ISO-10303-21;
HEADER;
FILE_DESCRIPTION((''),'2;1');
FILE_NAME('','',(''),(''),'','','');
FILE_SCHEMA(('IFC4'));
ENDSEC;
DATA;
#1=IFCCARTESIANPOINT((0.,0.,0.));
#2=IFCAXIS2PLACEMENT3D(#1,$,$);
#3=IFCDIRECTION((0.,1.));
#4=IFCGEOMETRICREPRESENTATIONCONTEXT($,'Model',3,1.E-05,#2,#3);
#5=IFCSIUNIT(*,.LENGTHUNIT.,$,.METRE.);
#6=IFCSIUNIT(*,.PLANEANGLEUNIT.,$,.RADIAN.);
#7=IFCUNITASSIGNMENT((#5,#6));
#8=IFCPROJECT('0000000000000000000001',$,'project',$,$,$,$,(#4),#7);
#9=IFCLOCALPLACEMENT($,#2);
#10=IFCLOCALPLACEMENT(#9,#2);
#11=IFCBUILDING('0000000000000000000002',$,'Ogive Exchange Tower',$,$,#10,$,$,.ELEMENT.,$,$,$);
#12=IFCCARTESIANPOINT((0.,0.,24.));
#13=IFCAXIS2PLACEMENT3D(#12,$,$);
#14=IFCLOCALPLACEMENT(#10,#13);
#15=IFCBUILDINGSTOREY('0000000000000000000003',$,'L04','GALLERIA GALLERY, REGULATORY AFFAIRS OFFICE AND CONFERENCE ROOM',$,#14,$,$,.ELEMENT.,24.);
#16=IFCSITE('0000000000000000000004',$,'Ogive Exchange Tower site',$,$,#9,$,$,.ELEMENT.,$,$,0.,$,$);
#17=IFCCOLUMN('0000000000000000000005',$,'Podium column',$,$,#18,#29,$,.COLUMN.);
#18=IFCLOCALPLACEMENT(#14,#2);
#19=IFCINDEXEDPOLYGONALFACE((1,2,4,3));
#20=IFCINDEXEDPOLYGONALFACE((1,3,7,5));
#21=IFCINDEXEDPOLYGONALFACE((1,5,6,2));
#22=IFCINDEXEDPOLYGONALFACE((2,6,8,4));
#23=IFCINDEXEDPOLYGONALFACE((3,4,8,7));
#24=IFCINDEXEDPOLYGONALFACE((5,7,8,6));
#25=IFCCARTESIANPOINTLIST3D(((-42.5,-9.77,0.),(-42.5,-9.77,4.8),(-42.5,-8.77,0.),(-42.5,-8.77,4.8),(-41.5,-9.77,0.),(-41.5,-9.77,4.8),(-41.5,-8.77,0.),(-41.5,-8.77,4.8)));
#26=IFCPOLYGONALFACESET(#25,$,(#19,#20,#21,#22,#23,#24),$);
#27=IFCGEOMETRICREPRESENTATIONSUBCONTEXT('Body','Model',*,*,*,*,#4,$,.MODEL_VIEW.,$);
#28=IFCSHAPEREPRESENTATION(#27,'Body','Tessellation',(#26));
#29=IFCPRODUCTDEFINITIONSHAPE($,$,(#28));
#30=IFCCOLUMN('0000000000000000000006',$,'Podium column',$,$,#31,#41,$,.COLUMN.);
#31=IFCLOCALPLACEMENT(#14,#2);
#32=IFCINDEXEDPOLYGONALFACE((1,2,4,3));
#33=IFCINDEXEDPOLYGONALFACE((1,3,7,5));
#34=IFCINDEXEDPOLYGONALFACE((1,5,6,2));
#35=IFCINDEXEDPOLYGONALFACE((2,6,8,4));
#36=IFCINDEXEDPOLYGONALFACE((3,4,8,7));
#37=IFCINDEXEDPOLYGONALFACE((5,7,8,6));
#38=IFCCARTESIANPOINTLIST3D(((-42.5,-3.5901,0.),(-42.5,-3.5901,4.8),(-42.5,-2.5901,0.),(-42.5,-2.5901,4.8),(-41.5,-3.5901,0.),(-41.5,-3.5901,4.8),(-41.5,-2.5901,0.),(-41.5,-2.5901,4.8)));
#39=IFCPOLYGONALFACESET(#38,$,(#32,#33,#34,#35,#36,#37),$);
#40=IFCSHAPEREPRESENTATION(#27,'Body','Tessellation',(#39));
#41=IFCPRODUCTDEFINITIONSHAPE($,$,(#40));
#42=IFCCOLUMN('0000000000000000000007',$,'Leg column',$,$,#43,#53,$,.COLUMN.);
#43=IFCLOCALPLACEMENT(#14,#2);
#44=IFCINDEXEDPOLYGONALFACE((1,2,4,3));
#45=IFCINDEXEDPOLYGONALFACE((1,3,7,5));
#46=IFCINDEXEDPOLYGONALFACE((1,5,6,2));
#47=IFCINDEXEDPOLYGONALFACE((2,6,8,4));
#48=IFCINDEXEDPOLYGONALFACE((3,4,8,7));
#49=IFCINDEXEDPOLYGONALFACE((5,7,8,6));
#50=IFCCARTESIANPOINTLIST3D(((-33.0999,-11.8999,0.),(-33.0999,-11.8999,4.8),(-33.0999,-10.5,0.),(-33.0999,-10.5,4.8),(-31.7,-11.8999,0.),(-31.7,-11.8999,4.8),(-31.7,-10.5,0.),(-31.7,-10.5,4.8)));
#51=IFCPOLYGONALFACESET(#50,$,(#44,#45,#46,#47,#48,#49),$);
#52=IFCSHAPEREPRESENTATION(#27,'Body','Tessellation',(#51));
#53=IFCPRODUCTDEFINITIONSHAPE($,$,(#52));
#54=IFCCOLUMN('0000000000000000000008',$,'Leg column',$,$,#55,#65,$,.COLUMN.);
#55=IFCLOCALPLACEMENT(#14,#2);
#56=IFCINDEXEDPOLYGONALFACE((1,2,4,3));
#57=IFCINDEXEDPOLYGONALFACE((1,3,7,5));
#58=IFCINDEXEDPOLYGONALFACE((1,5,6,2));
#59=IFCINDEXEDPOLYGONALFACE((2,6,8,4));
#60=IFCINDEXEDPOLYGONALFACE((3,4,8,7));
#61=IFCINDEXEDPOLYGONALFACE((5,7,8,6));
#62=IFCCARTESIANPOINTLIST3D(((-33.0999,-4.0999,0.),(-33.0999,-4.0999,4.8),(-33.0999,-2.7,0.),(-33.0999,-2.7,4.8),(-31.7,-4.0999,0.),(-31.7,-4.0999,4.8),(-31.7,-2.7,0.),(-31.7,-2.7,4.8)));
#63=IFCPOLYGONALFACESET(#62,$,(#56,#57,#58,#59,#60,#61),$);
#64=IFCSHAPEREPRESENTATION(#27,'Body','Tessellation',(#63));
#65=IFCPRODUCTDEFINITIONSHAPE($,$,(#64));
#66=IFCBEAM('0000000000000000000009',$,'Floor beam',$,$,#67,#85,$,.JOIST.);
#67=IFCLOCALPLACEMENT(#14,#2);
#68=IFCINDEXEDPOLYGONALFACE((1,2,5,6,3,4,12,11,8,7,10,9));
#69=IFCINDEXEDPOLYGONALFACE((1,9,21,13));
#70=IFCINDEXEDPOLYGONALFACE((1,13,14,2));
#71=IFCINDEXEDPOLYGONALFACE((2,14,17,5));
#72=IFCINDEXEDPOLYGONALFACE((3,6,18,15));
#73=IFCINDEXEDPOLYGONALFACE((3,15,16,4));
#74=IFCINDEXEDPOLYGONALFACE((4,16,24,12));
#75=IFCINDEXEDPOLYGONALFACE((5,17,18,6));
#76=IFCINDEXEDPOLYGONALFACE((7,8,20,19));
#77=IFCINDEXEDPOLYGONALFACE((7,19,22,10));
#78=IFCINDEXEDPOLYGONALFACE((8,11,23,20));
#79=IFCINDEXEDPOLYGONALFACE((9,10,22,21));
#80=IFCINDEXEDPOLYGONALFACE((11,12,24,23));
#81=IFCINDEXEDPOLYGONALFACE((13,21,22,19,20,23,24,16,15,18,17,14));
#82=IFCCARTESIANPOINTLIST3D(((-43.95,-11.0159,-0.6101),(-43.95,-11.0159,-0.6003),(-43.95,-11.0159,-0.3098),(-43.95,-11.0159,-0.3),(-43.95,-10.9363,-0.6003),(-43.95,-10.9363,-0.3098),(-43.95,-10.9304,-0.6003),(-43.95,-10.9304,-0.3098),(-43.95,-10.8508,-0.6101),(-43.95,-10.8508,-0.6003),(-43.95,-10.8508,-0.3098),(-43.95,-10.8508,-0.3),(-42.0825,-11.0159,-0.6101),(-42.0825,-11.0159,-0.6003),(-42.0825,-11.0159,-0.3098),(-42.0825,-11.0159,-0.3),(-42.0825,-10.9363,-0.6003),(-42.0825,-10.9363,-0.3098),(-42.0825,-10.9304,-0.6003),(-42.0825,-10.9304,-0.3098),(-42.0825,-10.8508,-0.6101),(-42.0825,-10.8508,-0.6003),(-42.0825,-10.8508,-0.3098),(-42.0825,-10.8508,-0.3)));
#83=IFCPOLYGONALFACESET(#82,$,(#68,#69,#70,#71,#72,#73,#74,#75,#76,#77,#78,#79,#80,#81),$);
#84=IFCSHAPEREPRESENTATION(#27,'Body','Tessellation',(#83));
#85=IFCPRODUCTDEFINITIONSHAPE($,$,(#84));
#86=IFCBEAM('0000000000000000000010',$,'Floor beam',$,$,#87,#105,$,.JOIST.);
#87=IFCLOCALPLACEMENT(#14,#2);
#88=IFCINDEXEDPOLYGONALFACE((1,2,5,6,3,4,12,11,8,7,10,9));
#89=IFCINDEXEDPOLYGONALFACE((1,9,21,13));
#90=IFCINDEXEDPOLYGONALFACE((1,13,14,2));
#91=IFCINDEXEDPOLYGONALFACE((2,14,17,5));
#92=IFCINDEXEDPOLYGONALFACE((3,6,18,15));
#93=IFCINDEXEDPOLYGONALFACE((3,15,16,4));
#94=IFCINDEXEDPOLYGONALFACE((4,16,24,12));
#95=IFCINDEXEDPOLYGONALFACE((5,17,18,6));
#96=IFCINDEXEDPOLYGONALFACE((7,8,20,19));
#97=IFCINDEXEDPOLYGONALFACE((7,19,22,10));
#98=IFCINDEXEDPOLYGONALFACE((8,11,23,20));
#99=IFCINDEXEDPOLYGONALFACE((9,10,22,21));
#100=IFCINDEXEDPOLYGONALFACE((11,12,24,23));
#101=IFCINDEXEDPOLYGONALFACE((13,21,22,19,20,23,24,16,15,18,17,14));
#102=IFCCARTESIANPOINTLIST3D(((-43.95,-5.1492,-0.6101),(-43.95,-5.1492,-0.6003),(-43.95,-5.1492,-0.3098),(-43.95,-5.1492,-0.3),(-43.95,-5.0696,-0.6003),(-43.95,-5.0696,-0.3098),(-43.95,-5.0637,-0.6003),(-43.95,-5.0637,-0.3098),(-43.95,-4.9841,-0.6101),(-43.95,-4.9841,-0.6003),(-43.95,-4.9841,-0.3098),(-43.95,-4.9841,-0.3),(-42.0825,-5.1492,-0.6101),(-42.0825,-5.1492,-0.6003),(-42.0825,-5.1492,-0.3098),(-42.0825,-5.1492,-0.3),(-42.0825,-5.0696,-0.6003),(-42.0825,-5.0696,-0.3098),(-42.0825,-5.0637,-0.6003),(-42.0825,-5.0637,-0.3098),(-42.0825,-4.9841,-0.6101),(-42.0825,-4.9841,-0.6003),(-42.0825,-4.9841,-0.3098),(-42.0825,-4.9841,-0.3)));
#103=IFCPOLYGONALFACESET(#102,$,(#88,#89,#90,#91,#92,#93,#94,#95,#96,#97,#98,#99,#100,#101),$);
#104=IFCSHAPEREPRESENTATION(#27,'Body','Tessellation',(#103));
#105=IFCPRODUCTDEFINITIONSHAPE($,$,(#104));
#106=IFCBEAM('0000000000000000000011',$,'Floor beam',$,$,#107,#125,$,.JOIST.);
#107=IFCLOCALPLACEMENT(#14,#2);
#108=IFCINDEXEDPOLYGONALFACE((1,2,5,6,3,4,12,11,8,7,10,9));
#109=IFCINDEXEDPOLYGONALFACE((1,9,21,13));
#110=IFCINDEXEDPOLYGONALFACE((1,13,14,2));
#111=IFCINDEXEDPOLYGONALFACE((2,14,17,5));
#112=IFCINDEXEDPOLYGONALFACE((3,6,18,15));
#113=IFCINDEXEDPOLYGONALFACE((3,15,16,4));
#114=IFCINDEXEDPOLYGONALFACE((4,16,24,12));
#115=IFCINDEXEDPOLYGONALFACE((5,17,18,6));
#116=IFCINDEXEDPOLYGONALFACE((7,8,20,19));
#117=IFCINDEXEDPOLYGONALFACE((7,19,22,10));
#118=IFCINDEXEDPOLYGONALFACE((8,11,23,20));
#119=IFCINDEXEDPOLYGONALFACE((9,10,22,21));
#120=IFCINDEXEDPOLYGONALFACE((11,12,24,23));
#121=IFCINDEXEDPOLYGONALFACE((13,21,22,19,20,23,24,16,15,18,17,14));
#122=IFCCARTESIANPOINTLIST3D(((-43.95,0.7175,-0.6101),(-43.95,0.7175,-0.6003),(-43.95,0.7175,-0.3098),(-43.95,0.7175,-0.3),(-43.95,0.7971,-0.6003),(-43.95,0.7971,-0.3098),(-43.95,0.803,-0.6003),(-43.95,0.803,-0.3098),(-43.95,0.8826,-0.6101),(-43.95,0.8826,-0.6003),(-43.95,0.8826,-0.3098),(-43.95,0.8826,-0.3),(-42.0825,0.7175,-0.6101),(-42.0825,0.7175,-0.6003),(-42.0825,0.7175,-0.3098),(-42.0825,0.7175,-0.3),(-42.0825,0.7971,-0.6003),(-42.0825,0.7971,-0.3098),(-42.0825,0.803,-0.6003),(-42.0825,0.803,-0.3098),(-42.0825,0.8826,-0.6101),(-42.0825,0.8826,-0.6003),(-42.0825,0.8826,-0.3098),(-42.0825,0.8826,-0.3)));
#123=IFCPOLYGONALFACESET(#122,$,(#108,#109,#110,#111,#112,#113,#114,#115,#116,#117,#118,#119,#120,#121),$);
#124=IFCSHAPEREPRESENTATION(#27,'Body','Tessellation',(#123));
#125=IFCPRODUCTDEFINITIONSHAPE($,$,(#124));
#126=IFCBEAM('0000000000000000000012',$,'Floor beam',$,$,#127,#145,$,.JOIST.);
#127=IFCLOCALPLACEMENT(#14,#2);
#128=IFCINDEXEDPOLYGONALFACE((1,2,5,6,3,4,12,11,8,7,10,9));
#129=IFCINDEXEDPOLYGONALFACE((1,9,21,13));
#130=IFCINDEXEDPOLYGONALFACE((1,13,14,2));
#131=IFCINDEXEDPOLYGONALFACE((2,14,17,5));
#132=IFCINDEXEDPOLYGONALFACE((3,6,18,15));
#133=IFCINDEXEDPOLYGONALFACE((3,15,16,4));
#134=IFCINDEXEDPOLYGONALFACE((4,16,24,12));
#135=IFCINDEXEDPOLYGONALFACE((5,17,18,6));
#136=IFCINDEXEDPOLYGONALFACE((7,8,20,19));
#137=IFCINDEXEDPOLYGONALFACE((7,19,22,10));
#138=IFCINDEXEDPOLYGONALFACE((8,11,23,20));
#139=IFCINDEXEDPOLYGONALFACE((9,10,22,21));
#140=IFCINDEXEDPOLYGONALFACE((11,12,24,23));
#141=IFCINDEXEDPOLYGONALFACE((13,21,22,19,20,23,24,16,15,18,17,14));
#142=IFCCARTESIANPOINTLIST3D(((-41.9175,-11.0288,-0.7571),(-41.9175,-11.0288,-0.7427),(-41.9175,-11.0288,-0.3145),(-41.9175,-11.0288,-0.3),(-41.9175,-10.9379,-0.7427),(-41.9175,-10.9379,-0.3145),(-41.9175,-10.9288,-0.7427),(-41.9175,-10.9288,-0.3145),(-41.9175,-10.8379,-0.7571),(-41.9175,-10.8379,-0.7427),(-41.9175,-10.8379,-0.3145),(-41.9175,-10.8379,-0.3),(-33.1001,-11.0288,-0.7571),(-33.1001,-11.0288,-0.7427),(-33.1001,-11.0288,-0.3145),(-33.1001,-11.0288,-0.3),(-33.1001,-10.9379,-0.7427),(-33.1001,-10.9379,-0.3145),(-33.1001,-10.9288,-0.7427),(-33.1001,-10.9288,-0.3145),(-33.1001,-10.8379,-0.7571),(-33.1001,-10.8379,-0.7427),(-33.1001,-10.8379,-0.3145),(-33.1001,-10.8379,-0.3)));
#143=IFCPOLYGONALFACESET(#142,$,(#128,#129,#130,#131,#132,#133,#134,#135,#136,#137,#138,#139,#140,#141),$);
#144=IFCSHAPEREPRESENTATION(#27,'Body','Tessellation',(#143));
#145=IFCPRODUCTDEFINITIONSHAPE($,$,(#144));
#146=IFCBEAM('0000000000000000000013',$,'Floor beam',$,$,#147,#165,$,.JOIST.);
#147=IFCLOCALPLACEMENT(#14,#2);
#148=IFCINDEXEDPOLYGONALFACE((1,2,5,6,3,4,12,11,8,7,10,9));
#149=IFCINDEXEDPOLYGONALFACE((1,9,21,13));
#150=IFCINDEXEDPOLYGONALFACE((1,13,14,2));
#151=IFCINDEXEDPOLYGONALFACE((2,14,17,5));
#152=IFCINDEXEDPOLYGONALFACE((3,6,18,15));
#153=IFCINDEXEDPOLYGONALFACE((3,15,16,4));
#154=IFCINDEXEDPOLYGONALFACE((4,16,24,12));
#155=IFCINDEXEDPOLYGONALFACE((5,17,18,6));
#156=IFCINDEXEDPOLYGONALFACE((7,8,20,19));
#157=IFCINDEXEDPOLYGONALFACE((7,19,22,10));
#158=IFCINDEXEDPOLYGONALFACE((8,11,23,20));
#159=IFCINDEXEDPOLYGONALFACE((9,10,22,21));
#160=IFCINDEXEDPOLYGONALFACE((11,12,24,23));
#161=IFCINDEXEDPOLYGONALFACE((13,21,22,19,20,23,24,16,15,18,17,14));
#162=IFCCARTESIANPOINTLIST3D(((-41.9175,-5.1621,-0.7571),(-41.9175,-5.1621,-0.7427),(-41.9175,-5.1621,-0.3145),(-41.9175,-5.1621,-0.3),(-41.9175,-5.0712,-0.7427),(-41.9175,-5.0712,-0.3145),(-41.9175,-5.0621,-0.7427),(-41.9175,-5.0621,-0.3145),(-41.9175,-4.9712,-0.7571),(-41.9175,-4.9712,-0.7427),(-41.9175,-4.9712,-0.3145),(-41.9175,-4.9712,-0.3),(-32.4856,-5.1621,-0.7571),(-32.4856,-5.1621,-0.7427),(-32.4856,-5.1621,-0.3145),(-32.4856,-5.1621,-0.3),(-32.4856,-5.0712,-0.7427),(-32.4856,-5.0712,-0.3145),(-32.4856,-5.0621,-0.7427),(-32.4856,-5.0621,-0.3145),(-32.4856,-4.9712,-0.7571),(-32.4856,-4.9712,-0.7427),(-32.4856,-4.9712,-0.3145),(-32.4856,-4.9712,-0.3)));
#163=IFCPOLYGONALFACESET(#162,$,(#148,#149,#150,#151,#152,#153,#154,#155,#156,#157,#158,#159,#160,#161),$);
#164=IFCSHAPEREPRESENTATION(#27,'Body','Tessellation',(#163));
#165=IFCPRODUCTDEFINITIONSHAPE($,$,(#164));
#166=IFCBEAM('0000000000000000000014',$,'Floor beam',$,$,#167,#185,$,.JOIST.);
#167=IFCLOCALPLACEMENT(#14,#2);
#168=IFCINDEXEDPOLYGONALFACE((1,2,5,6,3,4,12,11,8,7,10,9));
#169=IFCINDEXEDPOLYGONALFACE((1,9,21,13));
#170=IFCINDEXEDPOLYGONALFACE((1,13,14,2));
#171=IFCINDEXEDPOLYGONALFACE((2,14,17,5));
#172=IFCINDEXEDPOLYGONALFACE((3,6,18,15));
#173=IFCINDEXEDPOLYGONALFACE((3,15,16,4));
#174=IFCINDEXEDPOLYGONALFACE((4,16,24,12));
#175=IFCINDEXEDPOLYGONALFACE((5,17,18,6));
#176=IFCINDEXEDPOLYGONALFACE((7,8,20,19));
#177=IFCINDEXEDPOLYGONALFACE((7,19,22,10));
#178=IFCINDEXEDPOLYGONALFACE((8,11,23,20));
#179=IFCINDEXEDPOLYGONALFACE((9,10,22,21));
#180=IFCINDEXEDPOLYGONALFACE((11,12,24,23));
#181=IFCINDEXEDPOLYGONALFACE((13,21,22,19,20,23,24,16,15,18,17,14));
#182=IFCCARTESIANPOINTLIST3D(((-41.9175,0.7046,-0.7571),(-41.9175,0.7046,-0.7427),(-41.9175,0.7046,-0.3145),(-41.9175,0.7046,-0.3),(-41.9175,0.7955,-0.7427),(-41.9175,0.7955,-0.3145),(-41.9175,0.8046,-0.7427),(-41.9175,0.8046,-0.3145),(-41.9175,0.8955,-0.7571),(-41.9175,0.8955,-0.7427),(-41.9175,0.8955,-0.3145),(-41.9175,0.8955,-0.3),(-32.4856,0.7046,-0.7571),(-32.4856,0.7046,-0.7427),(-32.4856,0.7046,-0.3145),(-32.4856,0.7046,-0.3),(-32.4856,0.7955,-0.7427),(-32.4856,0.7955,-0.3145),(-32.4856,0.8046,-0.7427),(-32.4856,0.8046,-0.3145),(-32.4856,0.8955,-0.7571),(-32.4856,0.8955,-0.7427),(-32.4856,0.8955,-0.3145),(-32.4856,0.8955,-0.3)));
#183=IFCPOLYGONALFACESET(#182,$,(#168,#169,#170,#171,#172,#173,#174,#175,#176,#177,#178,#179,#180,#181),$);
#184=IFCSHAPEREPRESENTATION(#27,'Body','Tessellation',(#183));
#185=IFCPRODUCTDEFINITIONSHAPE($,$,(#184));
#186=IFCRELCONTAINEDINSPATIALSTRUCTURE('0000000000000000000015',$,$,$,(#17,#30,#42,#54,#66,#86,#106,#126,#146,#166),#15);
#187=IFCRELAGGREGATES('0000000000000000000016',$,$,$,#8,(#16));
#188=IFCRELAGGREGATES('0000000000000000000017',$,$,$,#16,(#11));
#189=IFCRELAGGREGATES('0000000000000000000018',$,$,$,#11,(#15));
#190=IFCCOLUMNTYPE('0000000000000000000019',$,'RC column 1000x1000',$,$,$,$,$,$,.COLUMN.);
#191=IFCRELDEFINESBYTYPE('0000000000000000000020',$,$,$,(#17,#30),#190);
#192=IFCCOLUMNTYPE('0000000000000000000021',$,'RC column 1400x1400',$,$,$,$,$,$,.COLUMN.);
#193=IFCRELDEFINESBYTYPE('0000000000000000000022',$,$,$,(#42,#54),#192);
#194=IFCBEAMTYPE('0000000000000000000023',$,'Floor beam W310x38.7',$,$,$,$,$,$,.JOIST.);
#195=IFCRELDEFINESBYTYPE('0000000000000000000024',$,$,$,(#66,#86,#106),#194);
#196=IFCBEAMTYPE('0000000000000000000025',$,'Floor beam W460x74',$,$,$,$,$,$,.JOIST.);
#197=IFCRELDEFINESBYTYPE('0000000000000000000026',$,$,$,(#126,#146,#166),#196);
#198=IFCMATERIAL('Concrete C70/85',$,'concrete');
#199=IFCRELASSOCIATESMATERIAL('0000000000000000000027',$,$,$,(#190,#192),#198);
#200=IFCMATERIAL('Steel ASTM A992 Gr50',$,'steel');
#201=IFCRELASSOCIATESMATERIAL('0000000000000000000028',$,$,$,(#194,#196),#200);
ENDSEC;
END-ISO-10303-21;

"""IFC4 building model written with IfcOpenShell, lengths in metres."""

from ifc_helpers import new_model, si_unit, direction, frame, origin, origin_2d, place, context, subcontext, project, spatial, rectangle, i_section, extrude, material, material_profile, profile_set, type_object, element, save


model = new_model("IFC4")

# Units and contexts
model_context = context("Model", 3, precision=1e-05, world=origin(), true_north=direction((0.0, 1.0)))
body_context = subcontext(model_context, "Body", "Model", "MODEL_VIEW")
ifc_project = project(units=[si_unit("LENGTHUNIT", "METRE"), si_unit("PLANEANGLEUNIT", "RADIAN")], contexts=[model_context])

# Site, building, storey
site_placement = place(None, origin())
site = spatial("IfcSite", under=ifc_project, at=site_placement, Name="Ogive Exchange Tower site", CompositionType="ELEMENT", RefElevation=0.0)
building_placement = place(site_placement, origin())
building = spatial("IfcBuilding", under=site, at=building_placement, Name="Ogive Exchange Tower", CompositionType="ELEMENT")
storey_placement = place(building_placement, frame((0.0, 0.0, 24.0)))
storey = spatial("IfcBuildingStorey", under=building, at=storey_placement, Name="L04", Description="GALLERIA GALLERY, REGULATORY AFFAIRS OFFICE AND CONFERENCE ROOM", CompositionType="ELEMENT", Elevation=24.0)

# Columns
ifc_material_1 = material(Name="Concrete C70/85", Category="concrete")
ifc_material_profile_1 = material_profile(ifc_material_1, rectangle(XDim=1.0, YDim=1.0, at=origin_2d()), Name="RC 1000x1000")
ifc_profile_set_1 = profile_set([ifc_material_profile_1], Name="Concrete C70/85")
column_type_1 = type_object("IfcColumnType", Name="RC column 1000x1000", PredefinedType="COLUMN", material=ifc_profile_set_1)
for number, where, z_axis, x_axis, name in (
    (1, (-42.0, -9.27, 0.0), (0.0, 0.0, 1.0), (1.0, 0.0, 0.0), "Podium column"),
    (2, (-42.0, -3.0901, 0.0), (0.0, 0.0, 1.0), (1.0, 0.0, 0.0), "Podium column"),
):
    element("IfcColumn", number, at=place(storey_placement, frame(where, z_axis=z_axis, x_axis=x_axis)), inside=storey, type_object=column_type_1, Name=name, PredefinedType="COLUMN", context=body_context, shape_type="SweptSolid", body=[
        extrude(rectangle(XDim=1.0, YDim=1.0, at=origin_2d()), origin(), (0.0, 0.0, 1.0), 4.8),
    ])
ifc_material_profile_2 = material_profile(ifc_material_1, rectangle(XDim=1.3999, YDim=1.3999, at=origin_2d()), Name="RC 1400x1400")
ifc_profile_set_2 = profile_set([ifc_material_profile_2], Name="Concrete C70/85")
column_type_2 = type_object("IfcColumnType", Name="RC column 1400x1400", PredefinedType="COLUMN", material=ifc_profile_set_2)
for number, where, z_axis, x_axis, name in (
    (3, (-32.3999, -11.2, 0.0), (0.0, 0.0, 1.0), (1.0, 0.0, 0.0), "Leg column"),
    (4, (-32.3999, -3.3999, 0.0), (0.0, 0.0, 1.0), (1.0, 0.0, 0.0), "Leg column"),
):
    element("IfcColumn", number, at=place(storey_placement, frame(where, z_axis=z_axis, x_axis=x_axis)), inside=storey, type_object=column_type_2, Name=name, PredefinedType="COLUMN", context=body_context, shape_type="SweptSolid", body=[
        extrude(rectangle(XDim=1.3999, YDim=1.3999, at=origin_2d()), origin(), (0.0, 0.0, 1.0), 4.8),
    ])

# Beams
ifc_material_2 = material(Name="Steel ASTM A992 Gr50", Category="steel")
ifc_material_profile_3 = material_profile(ifc_material_2, i_section(OverallWidth=0.165, OverallDepth=0.3101, WebThickness=0.0059, FlangeThickness=0.0098, at=origin_2d()), Name="W310x38.7")
ifc_profile_set_3 = profile_set([ifc_material_profile_3], Name="Steel ASTM A992 Gr50")
beam_type_1 = type_object("IfcBeamType", Name="Floor beam W310x38.7", PredefinedType="JOIST", material=ifc_profile_set_3)
for number, where, z_axis, x_axis, name in (
    (5, (-43.95, -10.9333, -0.4551), (1.0, 0.0, 0.0), (0.0, 1.0, 0.0), "Floor beam"),
    (6, (-43.95, -5.0667, -0.4551), (1.0, 0.0, 0.0), (0.0, 1.0, 0.0), "Floor beam"),
    (7, (-43.95, 0.8, -0.4551), (1.0, 0.0, 0.0), (0.0, 1.0, 0.0), "Floor beam"),
):
    element("IfcBeam", number, at=place(storey_placement, frame(where, z_axis=z_axis, x_axis=x_axis)), inside=storey, type_object=beam_type_1, Name=name, PredefinedType="JOIST", context=body_context, shape_type="SweptSolid", body=[
        extrude(i_section(OverallWidth=0.165, OverallDepth=0.3101, WebThickness=0.0059, FlangeThickness=0.0098, at=origin_2d()), origin(), (0.0, 0.0, 1.0), 1.8674),
    ])
ifc_material_profile_4 = material_profile(ifc_material_2, i_section(OverallWidth=0.1909, OverallDepth=0.457, WebThickness=0.009, FlangeThickness=0.0144, at=origin_2d()), Name="W460x74")
ifc_profile_set_4 = profile_set([ifc_material_profile_4], Name="Steel ASTM A992 Gr50")
beam_type_2 = type_object("IfcBeamType", Name="Floor beam W460x74", PredefinedType="JOIST", material=ifc_profile_set_4)
beam_1_placement = place(storey_placement, frame((-41.9175, -10.9333, -0.5286), z_axis=(1.0, 0.0, 0.0), x_axis=(0.0, 1.0, 0.0)))
element("IfcBeam", 8, at=beam_1_placement, inside=storey, type_object=beam_type_2, Name="Floor beam", PredefinedType="JOIST", context=body_context, shape_type="SweptSolid", body=[
    extrude(i_section(OverallWidth=0.1909, OverallDepth=0.457, WebThickness=0.009, FlangeThickness=0.0144, at=origin_2d()), origin(), (0.0, 0.0, 1.0), 8.8174),
])
for number, where, z_axis, x_axis, name in (
    (9, (-41.9175, -5.0667, -0.5286), (1.0, 0.0, 0.0), (0.0, 1.0, 0.0), "Floor beam"),
    (10, (-41.9175, 0.8, -0.5286), (1.0, 0.0, 0.0), (0.0, 1.0, 0.0), "Floor beam"),
):
    element("IfcBeam", number, at=place(storey_placement, frame(where, z_axis=z_axis, x_axis=x_axis)), inside=storey, type_object=beam_type_2, Name=name, PredefinedType="JOIST", context=body_context, shape_type="SweptSolid", body=[
        extrude(i_section(OverallWidth=0.1909, OverallDepth=0.457, WebThickness=0.009, FlangeThickness=0.0144, at=origin_2d()), origin(), (0.0, 0.0, 1.0), 9.4319),
    ])

save(model, "model.ifc")
